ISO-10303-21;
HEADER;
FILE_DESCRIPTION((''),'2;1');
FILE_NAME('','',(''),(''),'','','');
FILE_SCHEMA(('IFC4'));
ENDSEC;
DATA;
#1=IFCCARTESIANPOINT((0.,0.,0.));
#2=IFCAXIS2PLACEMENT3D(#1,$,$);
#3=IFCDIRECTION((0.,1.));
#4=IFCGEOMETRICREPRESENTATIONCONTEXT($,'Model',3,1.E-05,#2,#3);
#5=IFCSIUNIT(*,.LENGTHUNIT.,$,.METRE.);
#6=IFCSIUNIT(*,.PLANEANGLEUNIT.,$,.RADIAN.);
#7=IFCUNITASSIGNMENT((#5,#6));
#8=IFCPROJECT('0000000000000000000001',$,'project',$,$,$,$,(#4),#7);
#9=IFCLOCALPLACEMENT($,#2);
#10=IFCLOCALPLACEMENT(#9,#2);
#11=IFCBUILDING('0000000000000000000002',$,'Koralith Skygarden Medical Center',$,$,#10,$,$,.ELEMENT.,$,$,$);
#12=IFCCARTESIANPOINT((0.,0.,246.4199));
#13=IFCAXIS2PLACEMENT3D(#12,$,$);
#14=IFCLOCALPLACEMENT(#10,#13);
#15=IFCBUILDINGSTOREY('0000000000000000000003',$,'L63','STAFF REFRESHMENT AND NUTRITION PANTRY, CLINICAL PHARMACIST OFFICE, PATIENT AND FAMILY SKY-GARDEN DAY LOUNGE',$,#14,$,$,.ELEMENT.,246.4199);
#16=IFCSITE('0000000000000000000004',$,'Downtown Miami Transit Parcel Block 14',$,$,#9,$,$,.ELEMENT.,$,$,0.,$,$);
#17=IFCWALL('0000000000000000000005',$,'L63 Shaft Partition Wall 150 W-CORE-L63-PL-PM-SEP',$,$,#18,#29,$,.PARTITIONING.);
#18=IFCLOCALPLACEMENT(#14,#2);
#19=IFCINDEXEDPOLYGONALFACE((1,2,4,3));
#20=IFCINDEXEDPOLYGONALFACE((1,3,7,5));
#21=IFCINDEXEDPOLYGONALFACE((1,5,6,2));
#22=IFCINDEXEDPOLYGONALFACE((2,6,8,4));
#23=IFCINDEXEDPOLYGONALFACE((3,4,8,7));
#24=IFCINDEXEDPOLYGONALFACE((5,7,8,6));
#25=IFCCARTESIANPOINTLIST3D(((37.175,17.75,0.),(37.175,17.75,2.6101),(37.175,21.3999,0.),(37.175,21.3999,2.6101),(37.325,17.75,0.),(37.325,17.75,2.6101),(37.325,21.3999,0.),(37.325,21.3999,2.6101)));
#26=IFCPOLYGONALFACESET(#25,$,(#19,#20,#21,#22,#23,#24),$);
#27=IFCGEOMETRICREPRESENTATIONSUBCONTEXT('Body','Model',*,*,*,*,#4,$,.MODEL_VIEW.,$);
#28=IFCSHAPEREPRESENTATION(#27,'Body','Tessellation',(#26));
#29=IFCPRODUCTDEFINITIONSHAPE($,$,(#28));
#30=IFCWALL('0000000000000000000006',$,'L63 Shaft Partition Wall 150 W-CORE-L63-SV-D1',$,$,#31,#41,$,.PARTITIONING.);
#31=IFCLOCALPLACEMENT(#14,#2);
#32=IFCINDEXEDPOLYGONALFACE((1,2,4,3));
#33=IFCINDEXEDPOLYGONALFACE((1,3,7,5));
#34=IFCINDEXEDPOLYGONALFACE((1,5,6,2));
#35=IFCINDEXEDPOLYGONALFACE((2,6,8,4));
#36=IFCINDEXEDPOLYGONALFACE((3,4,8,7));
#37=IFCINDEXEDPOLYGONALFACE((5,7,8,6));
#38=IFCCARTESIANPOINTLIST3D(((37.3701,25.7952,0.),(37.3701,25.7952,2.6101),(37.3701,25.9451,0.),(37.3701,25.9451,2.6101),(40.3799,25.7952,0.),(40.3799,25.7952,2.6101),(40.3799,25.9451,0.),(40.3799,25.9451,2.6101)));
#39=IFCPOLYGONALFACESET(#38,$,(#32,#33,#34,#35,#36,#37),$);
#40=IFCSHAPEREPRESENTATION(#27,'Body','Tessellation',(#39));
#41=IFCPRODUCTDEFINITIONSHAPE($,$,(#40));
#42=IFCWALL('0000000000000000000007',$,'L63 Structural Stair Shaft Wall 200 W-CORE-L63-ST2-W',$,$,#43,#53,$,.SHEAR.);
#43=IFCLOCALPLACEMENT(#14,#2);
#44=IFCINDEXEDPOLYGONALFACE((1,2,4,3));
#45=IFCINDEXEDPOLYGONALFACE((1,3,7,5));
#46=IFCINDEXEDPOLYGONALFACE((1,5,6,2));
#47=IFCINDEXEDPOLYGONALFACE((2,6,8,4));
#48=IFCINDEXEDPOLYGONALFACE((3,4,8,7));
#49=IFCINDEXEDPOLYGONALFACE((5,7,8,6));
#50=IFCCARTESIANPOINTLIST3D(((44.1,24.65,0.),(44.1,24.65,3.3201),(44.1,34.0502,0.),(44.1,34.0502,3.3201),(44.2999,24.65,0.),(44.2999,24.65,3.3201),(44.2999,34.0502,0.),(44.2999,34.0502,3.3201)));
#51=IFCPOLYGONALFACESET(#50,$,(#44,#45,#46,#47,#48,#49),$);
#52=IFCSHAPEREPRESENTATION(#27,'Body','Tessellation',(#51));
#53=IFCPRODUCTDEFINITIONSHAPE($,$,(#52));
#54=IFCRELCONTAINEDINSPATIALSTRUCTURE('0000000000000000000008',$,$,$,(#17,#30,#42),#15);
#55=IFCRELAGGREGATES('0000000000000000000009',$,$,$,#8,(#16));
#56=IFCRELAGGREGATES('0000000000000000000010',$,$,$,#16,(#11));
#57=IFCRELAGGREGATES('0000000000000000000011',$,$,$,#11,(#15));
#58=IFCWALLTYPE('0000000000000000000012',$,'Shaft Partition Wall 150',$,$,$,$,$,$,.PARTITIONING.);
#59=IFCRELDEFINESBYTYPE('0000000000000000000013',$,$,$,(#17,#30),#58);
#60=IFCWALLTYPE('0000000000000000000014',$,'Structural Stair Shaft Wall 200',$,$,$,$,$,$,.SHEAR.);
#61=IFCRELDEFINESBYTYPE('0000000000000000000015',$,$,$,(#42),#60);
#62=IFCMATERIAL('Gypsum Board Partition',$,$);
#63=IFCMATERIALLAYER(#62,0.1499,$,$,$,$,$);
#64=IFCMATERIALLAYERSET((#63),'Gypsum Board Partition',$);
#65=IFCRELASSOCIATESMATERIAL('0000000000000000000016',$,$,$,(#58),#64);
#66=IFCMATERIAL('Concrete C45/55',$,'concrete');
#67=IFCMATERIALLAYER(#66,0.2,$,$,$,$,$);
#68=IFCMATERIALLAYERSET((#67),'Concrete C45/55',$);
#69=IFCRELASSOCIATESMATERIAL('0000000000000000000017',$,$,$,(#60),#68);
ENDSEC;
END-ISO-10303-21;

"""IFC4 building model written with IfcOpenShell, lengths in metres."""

from ifc_helpers import new_model, si_unit, direction, frame, frame_2d, origin, place, context, subcontext, project, spatial, rectangle, extrude, material, layer, layer_set, type_object, element, save


model = new_model("IFC4")

# Units and contexts
model_context = context("Model", 3, precision=1e-05, world=origin(), true_north=direction((0.0, 1.0)))
body_context = subcontext(model_context, "Body", "Model", "MODEL_VIEW")
ifc_project = project(units=[si_unit("LENGTHUNIT", "METRE"), si_unit("PLANEANGLEUNIT", "RADIAN")], contexts=[model_context])

# Site, building, storey
site_placement = place(None, origin())
site = spatial("IfcSite", under=ifc_project, at=site_placement, Name="Downtown Miami Transit Parcel Block 14", CompositionType="ELEMENT", RefElevation=0.0)
building_placement = place(site_placement, origin())
building = spatial("IfcBuilding", under=site, at=building_placement, Name="Koralith Skygarden Medical Center", CompositionType="ELEMENT")
storey_placement = place(building_placement, frame((0.0, 0.0, 246.4199)))
storey = spatial("IfcBuildingStorey", under=building, at=storey_placement, Name="L63", Description="STAFF REFRESHMENT AND NUTRITION PANTRY, CLINICAL PHARMACIST OFFICE, PATIENT AND FAMILY SKY-GARDEN DAY LOUNGE", CompositionType="ELEMENT", Elevation=246.4199)

# Shared definitions
ifc_material_1 = material(Name="Concrete C45/55", Category="concrete")

# Shared definitions
ifc_material_2 = material(Name="Gypsum Board Partition")

# Walls
ifc_layer_1 = layer(ifc_material_2, 0.1499)
ifc_layer_set_1 = layer_set([ifc_layer_1], Name="Gypsum Board Partition")
wall_type_1 = type_object("IfcWallType", Name="Shaft Partition Wall 150", PredefinedType="PARTITIONING", material=ifc_layer_set_1)
wall_1_placement = place(storey_placement, frame((37.25, 17.75, 0.0), z_axis=(0.0, 0.0, 1.0), x_axis=(0.0, 1.0, 0.0)))
element("IfcWall", 1, at=wall_1_placement, inside=storey, type_object=wall_type_1, Name="L63 Shaft Partition Wall 150 W-CORE-L63-PL-PM-SEP", PredefinedType="PARTITIONING", context=body_context, shape_type="SweptSolid", body=[
    extrude(rectangle(XDim=3.6499, YDim=0.1499, at=frame_2d((1.825, 0.0))), origin(), (0.0, 0.0, 1.0), 2.6101),
])
wall_2_placement = place(storey_placement, frame((37.3701, 25.8701, 0.0), z_axis=(0.0, 0.0, 1.0), x_axis=(1.0, 0.0, 0.0)))
element("IfcWall", 2, at=wall_2_placement, inside=storey, type_object=wall_type_1, Name="L63 Shaft Partition Wall 150 W-CORE-L63-SV-D1", PredefinedType="PARTITIONING", context=body_context, shape_type="SweptSolid", body=[
    extrude(rectangle(XDim=3.0098, YDim=0.1499, at=frame_2d((1.5049, 0.0))), origin(), (0.0, 0.0, 1.0), 2.6101),
])
ifc_layer_2 = layer(ifc_material_1, 0.2)
ifc_layer_set_2 = layer_set([ifc_layer_2], Name="Concrete C45/55")
wall_type_2 = type_object("IfcWallType", Name="Structural Stair Shaft Wall 200", PredefinedType="SHEAR", material=ifc_layer_set_2)
wall_3_placement = place(storey_placement, frame((44.2, 24.6499, 0.0), z_axis=(0.0, 0.0, 1.0), x_axis=(0.0, 1.0, 0.0)))
element("IfcWall", 3, at=wall_3_placement, inside=storey, type_object=wall_type_2, Name="L63 Structural Stair Shaft Wall 200 W-CORE-L63-ST2-W", PredefinedType="SHEAR", context=body_context, shape_type="SweptSolid", body=[
    extrude(rectangle(XDim=9.4001, YDim=0.2, at=frame_2d((4.7002, 0.0))), origin(), (0.0, 0.0, 1.0), 3.3201),
])

save(model, "model.ifc")
